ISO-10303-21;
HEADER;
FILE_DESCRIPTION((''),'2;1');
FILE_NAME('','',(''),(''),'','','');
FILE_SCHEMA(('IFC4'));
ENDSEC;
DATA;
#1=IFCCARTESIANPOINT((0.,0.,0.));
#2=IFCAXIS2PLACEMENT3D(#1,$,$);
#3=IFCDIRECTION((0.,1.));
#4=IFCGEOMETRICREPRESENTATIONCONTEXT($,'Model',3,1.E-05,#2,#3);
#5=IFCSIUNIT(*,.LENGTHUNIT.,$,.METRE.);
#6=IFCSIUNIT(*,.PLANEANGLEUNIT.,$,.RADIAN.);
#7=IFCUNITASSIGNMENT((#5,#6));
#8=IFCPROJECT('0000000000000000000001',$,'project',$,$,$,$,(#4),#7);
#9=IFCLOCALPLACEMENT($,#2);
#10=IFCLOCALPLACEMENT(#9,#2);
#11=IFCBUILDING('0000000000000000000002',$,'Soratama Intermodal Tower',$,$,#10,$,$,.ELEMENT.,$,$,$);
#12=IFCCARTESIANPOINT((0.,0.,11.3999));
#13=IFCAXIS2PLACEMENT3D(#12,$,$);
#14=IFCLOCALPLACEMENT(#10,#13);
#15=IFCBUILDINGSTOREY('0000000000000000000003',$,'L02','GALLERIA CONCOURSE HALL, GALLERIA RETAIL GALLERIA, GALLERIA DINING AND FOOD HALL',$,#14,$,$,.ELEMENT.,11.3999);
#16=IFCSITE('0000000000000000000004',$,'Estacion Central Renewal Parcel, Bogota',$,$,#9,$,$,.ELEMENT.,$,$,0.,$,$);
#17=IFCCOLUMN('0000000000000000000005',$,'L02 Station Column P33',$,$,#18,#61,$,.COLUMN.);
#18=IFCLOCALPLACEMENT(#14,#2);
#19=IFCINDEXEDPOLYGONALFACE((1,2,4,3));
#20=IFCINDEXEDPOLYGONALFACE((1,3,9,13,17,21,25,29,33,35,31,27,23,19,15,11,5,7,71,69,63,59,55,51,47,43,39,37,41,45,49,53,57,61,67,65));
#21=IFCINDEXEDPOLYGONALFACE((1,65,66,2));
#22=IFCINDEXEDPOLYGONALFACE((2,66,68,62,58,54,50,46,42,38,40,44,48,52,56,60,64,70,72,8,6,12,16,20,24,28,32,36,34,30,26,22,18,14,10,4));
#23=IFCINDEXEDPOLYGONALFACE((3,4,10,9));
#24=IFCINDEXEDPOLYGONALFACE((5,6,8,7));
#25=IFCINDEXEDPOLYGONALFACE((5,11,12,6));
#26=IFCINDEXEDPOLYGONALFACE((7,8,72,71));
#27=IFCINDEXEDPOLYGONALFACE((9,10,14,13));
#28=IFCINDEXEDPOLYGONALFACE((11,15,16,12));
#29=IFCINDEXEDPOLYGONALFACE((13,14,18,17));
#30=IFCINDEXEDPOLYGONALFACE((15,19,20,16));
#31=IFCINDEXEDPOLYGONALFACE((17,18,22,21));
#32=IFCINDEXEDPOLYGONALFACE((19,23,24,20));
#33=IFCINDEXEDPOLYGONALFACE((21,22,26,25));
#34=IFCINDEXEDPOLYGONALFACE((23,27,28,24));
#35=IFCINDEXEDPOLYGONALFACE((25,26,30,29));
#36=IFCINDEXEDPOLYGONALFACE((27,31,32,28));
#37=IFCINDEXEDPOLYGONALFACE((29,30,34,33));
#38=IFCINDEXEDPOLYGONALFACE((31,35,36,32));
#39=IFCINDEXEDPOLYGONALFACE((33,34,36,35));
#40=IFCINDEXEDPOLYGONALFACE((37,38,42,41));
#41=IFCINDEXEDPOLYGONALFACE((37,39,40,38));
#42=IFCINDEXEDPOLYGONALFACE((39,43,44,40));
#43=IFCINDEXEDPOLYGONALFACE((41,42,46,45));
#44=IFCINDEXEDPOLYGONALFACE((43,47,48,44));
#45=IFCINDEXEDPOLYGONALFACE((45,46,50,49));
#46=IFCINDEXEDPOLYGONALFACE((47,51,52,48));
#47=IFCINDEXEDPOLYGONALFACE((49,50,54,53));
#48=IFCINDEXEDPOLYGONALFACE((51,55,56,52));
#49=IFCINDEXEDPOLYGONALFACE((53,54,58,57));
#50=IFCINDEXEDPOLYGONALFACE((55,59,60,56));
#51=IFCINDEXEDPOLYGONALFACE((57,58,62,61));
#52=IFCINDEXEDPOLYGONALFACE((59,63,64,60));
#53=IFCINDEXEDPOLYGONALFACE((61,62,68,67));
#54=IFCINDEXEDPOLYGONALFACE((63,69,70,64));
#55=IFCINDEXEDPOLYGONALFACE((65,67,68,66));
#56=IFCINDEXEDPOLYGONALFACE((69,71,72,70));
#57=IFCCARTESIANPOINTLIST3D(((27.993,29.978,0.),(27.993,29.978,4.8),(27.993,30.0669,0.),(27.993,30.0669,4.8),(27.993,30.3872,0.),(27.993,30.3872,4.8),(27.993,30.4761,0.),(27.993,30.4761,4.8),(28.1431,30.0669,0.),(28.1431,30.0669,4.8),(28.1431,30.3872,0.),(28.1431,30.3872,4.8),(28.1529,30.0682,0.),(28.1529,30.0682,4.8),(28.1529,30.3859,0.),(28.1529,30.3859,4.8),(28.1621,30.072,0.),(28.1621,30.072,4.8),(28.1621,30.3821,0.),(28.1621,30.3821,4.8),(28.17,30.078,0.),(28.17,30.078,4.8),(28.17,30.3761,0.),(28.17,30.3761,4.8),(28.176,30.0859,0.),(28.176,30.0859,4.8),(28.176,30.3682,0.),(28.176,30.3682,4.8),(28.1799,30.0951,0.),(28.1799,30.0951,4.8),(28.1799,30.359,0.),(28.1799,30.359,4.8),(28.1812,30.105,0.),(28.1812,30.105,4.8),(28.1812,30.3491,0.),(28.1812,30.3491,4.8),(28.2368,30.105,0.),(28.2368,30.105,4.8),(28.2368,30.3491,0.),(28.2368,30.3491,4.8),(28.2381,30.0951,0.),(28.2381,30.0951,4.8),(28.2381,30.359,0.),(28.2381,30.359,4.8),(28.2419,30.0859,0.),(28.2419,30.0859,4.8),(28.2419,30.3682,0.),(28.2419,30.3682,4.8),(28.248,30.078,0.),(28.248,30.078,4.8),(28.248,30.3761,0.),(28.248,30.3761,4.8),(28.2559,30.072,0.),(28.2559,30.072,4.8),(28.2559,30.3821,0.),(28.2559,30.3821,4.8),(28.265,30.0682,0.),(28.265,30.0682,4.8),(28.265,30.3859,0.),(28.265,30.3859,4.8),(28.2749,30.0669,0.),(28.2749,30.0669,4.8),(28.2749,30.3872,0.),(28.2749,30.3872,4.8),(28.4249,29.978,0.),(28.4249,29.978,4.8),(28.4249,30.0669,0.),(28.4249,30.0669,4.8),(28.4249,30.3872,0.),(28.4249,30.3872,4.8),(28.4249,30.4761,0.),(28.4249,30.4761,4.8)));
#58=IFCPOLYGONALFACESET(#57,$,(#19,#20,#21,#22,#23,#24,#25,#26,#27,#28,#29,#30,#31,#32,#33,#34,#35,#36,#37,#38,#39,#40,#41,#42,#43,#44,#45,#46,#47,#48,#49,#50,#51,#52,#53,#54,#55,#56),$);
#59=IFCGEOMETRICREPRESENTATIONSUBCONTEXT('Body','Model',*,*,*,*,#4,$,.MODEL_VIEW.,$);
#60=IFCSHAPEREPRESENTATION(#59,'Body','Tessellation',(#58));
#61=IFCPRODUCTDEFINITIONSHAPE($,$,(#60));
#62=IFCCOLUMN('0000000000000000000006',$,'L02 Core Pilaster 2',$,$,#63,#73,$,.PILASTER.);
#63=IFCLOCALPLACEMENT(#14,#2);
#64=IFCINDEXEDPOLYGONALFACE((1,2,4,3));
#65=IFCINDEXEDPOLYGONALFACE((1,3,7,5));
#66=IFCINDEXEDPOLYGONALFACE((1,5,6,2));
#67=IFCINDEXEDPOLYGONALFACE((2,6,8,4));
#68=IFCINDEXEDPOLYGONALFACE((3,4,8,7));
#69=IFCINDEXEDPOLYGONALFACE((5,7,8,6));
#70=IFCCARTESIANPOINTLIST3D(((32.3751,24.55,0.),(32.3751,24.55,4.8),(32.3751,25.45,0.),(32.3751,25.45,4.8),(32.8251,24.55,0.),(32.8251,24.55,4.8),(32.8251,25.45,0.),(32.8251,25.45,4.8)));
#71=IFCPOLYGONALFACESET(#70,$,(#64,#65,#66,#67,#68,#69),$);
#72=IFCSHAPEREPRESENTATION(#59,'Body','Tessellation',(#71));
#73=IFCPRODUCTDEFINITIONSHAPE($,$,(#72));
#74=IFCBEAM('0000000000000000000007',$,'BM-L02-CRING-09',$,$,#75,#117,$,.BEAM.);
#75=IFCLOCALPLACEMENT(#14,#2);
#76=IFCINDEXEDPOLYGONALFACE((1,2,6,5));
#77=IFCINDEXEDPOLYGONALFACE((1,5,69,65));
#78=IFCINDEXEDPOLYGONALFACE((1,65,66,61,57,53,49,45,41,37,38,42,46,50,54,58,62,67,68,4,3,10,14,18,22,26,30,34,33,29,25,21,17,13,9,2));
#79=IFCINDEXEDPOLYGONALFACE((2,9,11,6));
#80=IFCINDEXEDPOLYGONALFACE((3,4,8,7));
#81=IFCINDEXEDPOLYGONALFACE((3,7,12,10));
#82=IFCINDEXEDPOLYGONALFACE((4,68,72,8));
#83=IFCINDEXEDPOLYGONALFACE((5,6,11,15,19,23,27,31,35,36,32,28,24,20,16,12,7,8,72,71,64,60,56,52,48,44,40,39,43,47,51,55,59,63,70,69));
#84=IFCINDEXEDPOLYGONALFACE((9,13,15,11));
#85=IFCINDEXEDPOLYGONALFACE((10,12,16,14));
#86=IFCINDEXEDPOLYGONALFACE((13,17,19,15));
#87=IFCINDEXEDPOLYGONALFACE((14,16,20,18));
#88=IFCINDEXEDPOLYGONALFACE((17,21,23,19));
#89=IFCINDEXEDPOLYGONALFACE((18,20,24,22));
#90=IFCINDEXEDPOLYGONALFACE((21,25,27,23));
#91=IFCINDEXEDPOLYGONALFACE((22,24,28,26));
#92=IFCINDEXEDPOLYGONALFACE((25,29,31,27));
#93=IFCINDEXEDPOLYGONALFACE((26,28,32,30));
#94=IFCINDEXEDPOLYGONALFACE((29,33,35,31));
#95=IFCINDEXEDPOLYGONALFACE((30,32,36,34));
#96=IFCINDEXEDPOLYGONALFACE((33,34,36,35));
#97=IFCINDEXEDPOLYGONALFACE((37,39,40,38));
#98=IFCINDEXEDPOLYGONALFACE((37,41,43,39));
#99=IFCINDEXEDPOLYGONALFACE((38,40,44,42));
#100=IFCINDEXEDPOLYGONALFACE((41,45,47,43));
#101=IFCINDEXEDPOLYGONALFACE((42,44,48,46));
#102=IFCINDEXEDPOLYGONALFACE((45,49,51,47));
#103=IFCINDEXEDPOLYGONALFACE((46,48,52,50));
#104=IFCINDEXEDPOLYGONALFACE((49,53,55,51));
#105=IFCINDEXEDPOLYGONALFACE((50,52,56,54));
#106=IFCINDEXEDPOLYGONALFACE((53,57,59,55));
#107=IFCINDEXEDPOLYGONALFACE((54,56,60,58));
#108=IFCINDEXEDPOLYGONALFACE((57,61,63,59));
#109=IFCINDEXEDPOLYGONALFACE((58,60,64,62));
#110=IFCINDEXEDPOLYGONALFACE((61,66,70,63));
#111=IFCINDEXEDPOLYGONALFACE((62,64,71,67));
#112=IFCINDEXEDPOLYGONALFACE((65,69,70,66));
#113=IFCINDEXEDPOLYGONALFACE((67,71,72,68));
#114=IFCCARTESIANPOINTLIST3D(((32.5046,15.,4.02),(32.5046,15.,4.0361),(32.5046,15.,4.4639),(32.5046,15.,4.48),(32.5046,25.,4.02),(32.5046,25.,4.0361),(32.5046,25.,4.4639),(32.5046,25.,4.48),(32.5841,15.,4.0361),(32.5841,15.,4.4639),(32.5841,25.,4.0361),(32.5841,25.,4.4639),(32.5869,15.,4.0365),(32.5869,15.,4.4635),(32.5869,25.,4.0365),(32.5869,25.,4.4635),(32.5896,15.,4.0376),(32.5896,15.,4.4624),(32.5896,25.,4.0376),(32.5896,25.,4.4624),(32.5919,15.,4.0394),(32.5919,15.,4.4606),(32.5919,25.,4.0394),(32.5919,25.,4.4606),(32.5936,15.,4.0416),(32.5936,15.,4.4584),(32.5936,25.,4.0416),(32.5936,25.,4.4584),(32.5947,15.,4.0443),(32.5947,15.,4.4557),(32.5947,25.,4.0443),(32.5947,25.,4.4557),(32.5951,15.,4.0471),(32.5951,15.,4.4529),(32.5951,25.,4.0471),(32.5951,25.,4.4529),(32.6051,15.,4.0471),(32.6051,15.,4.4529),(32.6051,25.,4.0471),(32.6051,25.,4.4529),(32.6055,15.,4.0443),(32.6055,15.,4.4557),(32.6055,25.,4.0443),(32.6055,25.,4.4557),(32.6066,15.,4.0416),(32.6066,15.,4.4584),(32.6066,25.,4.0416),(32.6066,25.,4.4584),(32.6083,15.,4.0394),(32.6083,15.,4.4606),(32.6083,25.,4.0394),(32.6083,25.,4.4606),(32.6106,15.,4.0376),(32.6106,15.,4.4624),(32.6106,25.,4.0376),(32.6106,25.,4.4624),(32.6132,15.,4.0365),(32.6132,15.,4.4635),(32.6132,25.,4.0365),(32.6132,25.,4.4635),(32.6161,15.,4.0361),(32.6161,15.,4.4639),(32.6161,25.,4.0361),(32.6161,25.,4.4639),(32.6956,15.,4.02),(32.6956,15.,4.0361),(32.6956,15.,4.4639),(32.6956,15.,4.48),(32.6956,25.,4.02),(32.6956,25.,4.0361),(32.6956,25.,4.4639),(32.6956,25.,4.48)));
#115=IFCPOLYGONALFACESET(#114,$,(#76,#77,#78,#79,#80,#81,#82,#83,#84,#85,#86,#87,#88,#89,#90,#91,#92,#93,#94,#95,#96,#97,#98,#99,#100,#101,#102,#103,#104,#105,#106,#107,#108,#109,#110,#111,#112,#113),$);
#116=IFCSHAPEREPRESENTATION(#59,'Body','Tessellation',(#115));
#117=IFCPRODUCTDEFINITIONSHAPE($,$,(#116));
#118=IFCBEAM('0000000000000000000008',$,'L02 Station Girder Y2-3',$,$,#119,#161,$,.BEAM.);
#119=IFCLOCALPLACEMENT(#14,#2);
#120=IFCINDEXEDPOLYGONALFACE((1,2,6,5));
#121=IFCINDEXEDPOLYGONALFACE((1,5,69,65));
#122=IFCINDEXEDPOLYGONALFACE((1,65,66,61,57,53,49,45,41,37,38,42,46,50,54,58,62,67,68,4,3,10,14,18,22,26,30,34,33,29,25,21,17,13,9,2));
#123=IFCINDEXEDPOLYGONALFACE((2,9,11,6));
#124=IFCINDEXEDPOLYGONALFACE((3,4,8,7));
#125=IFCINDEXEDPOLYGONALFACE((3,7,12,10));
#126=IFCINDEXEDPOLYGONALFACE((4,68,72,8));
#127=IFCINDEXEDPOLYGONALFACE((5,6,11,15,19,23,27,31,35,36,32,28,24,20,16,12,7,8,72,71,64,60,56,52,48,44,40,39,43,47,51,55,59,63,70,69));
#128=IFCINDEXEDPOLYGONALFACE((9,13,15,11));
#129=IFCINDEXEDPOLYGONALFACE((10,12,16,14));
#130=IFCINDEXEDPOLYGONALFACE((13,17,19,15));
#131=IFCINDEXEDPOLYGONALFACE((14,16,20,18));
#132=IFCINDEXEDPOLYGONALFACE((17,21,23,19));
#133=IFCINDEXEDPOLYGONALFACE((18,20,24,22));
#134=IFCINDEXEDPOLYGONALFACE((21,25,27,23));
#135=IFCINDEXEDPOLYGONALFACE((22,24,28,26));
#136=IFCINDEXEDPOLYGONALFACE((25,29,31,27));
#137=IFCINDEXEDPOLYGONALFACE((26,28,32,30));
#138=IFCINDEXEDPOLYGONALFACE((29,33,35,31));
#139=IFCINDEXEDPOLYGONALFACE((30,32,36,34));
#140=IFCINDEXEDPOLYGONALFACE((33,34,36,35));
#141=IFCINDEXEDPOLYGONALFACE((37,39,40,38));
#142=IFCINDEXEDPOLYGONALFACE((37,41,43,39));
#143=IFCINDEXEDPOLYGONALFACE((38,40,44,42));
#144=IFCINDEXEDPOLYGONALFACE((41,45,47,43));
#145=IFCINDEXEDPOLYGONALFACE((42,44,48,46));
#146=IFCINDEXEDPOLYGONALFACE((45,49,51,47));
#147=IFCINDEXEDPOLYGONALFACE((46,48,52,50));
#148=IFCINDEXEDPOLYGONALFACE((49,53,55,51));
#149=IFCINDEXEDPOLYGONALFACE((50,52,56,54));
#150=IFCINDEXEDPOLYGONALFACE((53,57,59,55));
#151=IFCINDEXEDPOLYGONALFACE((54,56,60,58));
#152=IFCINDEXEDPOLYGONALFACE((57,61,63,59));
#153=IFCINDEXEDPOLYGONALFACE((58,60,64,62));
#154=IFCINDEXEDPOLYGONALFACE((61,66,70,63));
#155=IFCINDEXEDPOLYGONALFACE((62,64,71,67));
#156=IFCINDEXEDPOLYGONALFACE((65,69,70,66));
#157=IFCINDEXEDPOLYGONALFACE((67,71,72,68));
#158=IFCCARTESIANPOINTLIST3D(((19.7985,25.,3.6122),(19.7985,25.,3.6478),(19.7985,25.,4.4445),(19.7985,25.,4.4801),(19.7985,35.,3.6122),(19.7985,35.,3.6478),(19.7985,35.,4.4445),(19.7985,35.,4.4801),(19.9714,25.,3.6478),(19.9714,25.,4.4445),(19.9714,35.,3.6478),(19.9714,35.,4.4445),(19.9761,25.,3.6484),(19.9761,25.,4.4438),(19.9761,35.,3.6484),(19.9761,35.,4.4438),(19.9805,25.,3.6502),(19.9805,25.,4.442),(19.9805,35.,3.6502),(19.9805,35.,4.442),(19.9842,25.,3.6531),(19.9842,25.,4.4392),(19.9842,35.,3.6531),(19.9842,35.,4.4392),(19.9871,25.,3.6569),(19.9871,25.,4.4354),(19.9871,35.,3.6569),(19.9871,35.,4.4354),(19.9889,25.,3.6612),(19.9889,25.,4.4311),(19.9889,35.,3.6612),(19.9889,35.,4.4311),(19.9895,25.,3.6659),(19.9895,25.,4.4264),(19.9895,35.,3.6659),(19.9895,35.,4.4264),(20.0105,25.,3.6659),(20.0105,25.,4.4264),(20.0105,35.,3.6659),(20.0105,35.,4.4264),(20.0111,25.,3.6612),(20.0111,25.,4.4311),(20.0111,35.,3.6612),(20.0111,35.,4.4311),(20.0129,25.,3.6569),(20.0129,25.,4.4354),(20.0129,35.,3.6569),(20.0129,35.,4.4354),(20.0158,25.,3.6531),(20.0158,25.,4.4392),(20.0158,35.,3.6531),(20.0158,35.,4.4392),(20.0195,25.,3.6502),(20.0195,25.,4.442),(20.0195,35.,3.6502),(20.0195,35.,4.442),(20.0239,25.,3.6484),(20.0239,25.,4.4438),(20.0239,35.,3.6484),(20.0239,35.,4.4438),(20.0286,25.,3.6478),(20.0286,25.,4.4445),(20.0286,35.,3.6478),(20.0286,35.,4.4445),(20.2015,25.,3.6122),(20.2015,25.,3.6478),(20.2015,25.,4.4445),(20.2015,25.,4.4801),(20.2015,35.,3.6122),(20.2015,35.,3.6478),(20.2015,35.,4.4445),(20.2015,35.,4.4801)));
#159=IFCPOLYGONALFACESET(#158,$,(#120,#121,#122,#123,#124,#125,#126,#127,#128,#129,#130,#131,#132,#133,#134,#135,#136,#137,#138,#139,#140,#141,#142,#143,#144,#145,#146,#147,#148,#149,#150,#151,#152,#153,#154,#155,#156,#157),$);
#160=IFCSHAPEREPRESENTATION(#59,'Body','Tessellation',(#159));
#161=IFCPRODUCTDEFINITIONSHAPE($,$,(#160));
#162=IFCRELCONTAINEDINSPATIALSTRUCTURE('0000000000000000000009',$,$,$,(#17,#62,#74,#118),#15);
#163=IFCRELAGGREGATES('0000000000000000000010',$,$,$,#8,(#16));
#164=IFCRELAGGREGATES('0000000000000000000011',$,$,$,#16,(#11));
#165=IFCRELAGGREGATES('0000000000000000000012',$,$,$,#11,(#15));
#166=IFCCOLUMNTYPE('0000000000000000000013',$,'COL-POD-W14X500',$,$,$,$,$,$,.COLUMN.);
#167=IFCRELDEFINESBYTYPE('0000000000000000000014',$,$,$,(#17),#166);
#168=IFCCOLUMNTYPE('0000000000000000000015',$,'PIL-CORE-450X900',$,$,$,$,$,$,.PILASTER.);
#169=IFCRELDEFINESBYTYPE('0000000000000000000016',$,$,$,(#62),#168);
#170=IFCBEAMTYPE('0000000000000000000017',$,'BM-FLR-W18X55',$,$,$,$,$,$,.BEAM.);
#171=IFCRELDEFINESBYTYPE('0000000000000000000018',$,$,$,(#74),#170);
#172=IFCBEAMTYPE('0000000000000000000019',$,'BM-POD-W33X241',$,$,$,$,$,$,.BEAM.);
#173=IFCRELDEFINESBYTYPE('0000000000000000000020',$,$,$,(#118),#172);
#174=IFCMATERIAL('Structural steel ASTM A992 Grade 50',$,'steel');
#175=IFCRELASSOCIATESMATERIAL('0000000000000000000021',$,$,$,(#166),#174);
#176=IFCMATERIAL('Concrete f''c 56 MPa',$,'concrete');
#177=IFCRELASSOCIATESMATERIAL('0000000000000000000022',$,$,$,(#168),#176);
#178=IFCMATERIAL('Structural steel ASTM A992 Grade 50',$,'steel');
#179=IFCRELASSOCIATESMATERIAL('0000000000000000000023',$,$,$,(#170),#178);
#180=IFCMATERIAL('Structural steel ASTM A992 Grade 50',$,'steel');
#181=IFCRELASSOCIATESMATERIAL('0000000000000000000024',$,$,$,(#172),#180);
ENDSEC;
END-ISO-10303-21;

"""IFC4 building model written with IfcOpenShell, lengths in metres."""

from ifc_helpers import new_model, si_unit, direction, frame, origin, origin_2d, place, context, subcontext, project, spatial, rectangle, i_section, extrude, material, material_profile, profile_set, type_object, element, save


model = new_model("IFC4")

# Units and contexts
model_context = context("Model", 3, precision=1e-05, world=origin(), true_north=direction((0.0, 1.0)))
body_context = subcontext(model_context, "Body", "Model", "MODEL_VIEW")
ifc_project = project(units=[si_unit("LENGTHUNIT", "METRE"), si_unit("PLANEANGLEUNIT", "RADIAN")], contexts=[model_context])

# Site, building, storey
site_placement = place(None, origin())
site = spatial("IfcSite", under=ifc_project, at=site_placement, Name="Estacion Central Renewal Parcel, Bogota", CompositionType="ELEMENT", RefElevation=0.0)
building_placement = place(site_placement, origin())
building = spatial("IfcBuilding", under=site, at=building_placement, Name="Soratama Intermodal Tower", CompositionType="ELEMENT")
storey_placement = place(building_placement, frame((0.0, 0.0, 11.3999)))
storey = spatial("IfcBuildingStorey", under=building, at=storey_placement, Name="L02", Description="GALLERIA CONCOURSE HALL, GALLERIA RETAIL GALLERIA, GALLERIA DINING AND FOOD HALL", CompositionType="ELEMENT", Elevation=11.3999)

# Columns
ifc_material_1 = material(Name="Structural steel ASTM A992 Grade 50", Category="steel")
ifc_material_profile_1 = material_profile(ifc_material_1, i_section(OverallWidth=0.4319, OverallDepth=0.498, WebThickness=0.0557, FlangeThickness=0.0889, FilletRadius=0.0381, at=origin_2d()), Name="W14X500")
ifc_profile_set_1 = profile_set([ifc_material_profile_1], Name="Structural steel ASTM A992 Grade 50")
column_type_1 = type_object("IfcColumnType", Name="COL-POD-W14X500", PredefinedType="COLUMN", material=ifc_profile_set_1)
column_1_placement = place(storey_placement, frame((28.209, 30.2271, 0.0), z_axis=(0.0, 0.0, 1.0), x_axis=(1.0, 0.0, 0.0)))
element("IfcColumn", 1, at=column_1_placement, inside=storey, type_object=column_type_1, Name="L02 Station Column P33", PredefinedType="COLUMN", context=body_context, shape_type="SweptSolid", body=[
    extrude(i_section(OverallWidth=0.4319, OverallDepth=0.498, WebThickness=0.0557, FlangeThickness=0.0889, FilletRadius=0.0381, at=origin_2d()), origin(), (0.0, 0.0, 1.0), 4.8),
])
ifc_material_2 = material(Name="Concrete f'c 56 MPa", Category="concrete")
ifc_material_profile_2 = material_profile(ifc_material_2, rectangle(XDim=0.45, YDim=0.8999, at=origin_2d()), Name="RC450X900")
ifc_profile_set_2 = profile_set([ifc_material_profile_2], Name="Concrete f'c 56 MPa")
column_type_2 = type_object("IfcColumnType", Name="PIL-CORE-450X900", PredefinedType="PILASTER", material=ifc_profile_set_2)
column_2_placement = place(storey_placement, frame((32.6001, 25.0, 0.0), z_axis=(0.0, 0.0, 1.0), x_axis=(1.0, 0.0, 0.0)))
element("IfcColumn", 2, at=column_2_placement, inside=storey, type_object=column_type_2, Name="L02 Core Pilaster 2", PredefinedType="PILASTER", context=body_context, shape_type="SweptSolid", body=[
    extrude(rectangle(XDim=0.45, YDim=0.8999, at=origin_2d()), origin(), (0.0, 0.0, 1.0), 4.8),
])

# Beams
ifc_material_3 = material(Name="Structural steel ASTM A992 Grade 50", Category="steel")
ifc_material_profile_3 = material_profile(ifc_material_3, i_section(OverallWidth=0.1909, OverallDepth=0.46, WebThickness=0.01, FlangeThickness=0.0161, FilletRadius=0.011, at=origin_2d()), Name="W18X55")
ifc_profile_set_3 = profile_set([ifc_material_profile_3], Name="Structural steel ASTM A992 Grade 50")
beam_type_1 = type_object("IfcBeamType", Name="BM-FLR-W18X55", PredefinedType="BEAM", material=ifc_profile_set_3)
beam_1_placement = place(storey_placement, frame((32.6001, 25.0, 4.25), z_axis=(0.0, -1.0, 0.0), x_axis=(1.0, 0.0, 0.0)))
element("IfcBeam", 3, at=beam_1_placement, inside=storey, type_object=beam_type_1, Name="BM-L02-CRING-09", PredefinedType="BEAM", context=body_context, shape_type="SweptSolid", body=[
    extrude(i_section(OverallWidth=0.1909, OverallDepth=0.46, WebThickness=0.01, FlangeThickness=0.0161, FilletRadius=0.011, at=origin_2d()), origin(), (0.0, 0.0, 1.0), 10.0),
])
ifc_material_4 = material(Name="Structural steel ASTM A992 Grade 50", Category="steel")
ifc_material_profile_4 = material_profile(ifc_material_4, i_section(OverallWidth=0.4031, OverallDepth=0.8679, WebThickness=0.021, FlangeThickness=0.0356, FilletRadius=0.0181, at=origin_2d()), Name="W33X241")
ifc_profile_set_4 = profile_set([ifc_material_profile_4], Name="Structural steel ASTM A992 Grade 50")
beam_type_2 = type_object("IfcBeamType", Name="BM-POD-W33X241", PredefinedType="BEAM", material=ifc_profile_set_4)
beam_2_placement = place(storey_placement, frame((20.0, 25.0, 4.0461), z_axis=(0.0, 1.0, 0.0), x_axis=(-1.0, 0.0, 0.0)))
element("IfcBeam", 4, at=beam_2_placement, inside=storey, type_object=beam_type_2, Name="L02 Station Girder Y2-3", PredefinedType="BEAM", context=body_context, shape_type="SweptSolid", body=[
    extrude(i_section(OverallWidth=0.4031, OverallDepth=0.8679, WebThickness=0.021, FlangeThickness=0.0356, FilletRadius=0.0181, at=origin_2d()), origin(), (0.0, 0.0, 1.0), 10.0),
])

save(model, "model.ifc")
